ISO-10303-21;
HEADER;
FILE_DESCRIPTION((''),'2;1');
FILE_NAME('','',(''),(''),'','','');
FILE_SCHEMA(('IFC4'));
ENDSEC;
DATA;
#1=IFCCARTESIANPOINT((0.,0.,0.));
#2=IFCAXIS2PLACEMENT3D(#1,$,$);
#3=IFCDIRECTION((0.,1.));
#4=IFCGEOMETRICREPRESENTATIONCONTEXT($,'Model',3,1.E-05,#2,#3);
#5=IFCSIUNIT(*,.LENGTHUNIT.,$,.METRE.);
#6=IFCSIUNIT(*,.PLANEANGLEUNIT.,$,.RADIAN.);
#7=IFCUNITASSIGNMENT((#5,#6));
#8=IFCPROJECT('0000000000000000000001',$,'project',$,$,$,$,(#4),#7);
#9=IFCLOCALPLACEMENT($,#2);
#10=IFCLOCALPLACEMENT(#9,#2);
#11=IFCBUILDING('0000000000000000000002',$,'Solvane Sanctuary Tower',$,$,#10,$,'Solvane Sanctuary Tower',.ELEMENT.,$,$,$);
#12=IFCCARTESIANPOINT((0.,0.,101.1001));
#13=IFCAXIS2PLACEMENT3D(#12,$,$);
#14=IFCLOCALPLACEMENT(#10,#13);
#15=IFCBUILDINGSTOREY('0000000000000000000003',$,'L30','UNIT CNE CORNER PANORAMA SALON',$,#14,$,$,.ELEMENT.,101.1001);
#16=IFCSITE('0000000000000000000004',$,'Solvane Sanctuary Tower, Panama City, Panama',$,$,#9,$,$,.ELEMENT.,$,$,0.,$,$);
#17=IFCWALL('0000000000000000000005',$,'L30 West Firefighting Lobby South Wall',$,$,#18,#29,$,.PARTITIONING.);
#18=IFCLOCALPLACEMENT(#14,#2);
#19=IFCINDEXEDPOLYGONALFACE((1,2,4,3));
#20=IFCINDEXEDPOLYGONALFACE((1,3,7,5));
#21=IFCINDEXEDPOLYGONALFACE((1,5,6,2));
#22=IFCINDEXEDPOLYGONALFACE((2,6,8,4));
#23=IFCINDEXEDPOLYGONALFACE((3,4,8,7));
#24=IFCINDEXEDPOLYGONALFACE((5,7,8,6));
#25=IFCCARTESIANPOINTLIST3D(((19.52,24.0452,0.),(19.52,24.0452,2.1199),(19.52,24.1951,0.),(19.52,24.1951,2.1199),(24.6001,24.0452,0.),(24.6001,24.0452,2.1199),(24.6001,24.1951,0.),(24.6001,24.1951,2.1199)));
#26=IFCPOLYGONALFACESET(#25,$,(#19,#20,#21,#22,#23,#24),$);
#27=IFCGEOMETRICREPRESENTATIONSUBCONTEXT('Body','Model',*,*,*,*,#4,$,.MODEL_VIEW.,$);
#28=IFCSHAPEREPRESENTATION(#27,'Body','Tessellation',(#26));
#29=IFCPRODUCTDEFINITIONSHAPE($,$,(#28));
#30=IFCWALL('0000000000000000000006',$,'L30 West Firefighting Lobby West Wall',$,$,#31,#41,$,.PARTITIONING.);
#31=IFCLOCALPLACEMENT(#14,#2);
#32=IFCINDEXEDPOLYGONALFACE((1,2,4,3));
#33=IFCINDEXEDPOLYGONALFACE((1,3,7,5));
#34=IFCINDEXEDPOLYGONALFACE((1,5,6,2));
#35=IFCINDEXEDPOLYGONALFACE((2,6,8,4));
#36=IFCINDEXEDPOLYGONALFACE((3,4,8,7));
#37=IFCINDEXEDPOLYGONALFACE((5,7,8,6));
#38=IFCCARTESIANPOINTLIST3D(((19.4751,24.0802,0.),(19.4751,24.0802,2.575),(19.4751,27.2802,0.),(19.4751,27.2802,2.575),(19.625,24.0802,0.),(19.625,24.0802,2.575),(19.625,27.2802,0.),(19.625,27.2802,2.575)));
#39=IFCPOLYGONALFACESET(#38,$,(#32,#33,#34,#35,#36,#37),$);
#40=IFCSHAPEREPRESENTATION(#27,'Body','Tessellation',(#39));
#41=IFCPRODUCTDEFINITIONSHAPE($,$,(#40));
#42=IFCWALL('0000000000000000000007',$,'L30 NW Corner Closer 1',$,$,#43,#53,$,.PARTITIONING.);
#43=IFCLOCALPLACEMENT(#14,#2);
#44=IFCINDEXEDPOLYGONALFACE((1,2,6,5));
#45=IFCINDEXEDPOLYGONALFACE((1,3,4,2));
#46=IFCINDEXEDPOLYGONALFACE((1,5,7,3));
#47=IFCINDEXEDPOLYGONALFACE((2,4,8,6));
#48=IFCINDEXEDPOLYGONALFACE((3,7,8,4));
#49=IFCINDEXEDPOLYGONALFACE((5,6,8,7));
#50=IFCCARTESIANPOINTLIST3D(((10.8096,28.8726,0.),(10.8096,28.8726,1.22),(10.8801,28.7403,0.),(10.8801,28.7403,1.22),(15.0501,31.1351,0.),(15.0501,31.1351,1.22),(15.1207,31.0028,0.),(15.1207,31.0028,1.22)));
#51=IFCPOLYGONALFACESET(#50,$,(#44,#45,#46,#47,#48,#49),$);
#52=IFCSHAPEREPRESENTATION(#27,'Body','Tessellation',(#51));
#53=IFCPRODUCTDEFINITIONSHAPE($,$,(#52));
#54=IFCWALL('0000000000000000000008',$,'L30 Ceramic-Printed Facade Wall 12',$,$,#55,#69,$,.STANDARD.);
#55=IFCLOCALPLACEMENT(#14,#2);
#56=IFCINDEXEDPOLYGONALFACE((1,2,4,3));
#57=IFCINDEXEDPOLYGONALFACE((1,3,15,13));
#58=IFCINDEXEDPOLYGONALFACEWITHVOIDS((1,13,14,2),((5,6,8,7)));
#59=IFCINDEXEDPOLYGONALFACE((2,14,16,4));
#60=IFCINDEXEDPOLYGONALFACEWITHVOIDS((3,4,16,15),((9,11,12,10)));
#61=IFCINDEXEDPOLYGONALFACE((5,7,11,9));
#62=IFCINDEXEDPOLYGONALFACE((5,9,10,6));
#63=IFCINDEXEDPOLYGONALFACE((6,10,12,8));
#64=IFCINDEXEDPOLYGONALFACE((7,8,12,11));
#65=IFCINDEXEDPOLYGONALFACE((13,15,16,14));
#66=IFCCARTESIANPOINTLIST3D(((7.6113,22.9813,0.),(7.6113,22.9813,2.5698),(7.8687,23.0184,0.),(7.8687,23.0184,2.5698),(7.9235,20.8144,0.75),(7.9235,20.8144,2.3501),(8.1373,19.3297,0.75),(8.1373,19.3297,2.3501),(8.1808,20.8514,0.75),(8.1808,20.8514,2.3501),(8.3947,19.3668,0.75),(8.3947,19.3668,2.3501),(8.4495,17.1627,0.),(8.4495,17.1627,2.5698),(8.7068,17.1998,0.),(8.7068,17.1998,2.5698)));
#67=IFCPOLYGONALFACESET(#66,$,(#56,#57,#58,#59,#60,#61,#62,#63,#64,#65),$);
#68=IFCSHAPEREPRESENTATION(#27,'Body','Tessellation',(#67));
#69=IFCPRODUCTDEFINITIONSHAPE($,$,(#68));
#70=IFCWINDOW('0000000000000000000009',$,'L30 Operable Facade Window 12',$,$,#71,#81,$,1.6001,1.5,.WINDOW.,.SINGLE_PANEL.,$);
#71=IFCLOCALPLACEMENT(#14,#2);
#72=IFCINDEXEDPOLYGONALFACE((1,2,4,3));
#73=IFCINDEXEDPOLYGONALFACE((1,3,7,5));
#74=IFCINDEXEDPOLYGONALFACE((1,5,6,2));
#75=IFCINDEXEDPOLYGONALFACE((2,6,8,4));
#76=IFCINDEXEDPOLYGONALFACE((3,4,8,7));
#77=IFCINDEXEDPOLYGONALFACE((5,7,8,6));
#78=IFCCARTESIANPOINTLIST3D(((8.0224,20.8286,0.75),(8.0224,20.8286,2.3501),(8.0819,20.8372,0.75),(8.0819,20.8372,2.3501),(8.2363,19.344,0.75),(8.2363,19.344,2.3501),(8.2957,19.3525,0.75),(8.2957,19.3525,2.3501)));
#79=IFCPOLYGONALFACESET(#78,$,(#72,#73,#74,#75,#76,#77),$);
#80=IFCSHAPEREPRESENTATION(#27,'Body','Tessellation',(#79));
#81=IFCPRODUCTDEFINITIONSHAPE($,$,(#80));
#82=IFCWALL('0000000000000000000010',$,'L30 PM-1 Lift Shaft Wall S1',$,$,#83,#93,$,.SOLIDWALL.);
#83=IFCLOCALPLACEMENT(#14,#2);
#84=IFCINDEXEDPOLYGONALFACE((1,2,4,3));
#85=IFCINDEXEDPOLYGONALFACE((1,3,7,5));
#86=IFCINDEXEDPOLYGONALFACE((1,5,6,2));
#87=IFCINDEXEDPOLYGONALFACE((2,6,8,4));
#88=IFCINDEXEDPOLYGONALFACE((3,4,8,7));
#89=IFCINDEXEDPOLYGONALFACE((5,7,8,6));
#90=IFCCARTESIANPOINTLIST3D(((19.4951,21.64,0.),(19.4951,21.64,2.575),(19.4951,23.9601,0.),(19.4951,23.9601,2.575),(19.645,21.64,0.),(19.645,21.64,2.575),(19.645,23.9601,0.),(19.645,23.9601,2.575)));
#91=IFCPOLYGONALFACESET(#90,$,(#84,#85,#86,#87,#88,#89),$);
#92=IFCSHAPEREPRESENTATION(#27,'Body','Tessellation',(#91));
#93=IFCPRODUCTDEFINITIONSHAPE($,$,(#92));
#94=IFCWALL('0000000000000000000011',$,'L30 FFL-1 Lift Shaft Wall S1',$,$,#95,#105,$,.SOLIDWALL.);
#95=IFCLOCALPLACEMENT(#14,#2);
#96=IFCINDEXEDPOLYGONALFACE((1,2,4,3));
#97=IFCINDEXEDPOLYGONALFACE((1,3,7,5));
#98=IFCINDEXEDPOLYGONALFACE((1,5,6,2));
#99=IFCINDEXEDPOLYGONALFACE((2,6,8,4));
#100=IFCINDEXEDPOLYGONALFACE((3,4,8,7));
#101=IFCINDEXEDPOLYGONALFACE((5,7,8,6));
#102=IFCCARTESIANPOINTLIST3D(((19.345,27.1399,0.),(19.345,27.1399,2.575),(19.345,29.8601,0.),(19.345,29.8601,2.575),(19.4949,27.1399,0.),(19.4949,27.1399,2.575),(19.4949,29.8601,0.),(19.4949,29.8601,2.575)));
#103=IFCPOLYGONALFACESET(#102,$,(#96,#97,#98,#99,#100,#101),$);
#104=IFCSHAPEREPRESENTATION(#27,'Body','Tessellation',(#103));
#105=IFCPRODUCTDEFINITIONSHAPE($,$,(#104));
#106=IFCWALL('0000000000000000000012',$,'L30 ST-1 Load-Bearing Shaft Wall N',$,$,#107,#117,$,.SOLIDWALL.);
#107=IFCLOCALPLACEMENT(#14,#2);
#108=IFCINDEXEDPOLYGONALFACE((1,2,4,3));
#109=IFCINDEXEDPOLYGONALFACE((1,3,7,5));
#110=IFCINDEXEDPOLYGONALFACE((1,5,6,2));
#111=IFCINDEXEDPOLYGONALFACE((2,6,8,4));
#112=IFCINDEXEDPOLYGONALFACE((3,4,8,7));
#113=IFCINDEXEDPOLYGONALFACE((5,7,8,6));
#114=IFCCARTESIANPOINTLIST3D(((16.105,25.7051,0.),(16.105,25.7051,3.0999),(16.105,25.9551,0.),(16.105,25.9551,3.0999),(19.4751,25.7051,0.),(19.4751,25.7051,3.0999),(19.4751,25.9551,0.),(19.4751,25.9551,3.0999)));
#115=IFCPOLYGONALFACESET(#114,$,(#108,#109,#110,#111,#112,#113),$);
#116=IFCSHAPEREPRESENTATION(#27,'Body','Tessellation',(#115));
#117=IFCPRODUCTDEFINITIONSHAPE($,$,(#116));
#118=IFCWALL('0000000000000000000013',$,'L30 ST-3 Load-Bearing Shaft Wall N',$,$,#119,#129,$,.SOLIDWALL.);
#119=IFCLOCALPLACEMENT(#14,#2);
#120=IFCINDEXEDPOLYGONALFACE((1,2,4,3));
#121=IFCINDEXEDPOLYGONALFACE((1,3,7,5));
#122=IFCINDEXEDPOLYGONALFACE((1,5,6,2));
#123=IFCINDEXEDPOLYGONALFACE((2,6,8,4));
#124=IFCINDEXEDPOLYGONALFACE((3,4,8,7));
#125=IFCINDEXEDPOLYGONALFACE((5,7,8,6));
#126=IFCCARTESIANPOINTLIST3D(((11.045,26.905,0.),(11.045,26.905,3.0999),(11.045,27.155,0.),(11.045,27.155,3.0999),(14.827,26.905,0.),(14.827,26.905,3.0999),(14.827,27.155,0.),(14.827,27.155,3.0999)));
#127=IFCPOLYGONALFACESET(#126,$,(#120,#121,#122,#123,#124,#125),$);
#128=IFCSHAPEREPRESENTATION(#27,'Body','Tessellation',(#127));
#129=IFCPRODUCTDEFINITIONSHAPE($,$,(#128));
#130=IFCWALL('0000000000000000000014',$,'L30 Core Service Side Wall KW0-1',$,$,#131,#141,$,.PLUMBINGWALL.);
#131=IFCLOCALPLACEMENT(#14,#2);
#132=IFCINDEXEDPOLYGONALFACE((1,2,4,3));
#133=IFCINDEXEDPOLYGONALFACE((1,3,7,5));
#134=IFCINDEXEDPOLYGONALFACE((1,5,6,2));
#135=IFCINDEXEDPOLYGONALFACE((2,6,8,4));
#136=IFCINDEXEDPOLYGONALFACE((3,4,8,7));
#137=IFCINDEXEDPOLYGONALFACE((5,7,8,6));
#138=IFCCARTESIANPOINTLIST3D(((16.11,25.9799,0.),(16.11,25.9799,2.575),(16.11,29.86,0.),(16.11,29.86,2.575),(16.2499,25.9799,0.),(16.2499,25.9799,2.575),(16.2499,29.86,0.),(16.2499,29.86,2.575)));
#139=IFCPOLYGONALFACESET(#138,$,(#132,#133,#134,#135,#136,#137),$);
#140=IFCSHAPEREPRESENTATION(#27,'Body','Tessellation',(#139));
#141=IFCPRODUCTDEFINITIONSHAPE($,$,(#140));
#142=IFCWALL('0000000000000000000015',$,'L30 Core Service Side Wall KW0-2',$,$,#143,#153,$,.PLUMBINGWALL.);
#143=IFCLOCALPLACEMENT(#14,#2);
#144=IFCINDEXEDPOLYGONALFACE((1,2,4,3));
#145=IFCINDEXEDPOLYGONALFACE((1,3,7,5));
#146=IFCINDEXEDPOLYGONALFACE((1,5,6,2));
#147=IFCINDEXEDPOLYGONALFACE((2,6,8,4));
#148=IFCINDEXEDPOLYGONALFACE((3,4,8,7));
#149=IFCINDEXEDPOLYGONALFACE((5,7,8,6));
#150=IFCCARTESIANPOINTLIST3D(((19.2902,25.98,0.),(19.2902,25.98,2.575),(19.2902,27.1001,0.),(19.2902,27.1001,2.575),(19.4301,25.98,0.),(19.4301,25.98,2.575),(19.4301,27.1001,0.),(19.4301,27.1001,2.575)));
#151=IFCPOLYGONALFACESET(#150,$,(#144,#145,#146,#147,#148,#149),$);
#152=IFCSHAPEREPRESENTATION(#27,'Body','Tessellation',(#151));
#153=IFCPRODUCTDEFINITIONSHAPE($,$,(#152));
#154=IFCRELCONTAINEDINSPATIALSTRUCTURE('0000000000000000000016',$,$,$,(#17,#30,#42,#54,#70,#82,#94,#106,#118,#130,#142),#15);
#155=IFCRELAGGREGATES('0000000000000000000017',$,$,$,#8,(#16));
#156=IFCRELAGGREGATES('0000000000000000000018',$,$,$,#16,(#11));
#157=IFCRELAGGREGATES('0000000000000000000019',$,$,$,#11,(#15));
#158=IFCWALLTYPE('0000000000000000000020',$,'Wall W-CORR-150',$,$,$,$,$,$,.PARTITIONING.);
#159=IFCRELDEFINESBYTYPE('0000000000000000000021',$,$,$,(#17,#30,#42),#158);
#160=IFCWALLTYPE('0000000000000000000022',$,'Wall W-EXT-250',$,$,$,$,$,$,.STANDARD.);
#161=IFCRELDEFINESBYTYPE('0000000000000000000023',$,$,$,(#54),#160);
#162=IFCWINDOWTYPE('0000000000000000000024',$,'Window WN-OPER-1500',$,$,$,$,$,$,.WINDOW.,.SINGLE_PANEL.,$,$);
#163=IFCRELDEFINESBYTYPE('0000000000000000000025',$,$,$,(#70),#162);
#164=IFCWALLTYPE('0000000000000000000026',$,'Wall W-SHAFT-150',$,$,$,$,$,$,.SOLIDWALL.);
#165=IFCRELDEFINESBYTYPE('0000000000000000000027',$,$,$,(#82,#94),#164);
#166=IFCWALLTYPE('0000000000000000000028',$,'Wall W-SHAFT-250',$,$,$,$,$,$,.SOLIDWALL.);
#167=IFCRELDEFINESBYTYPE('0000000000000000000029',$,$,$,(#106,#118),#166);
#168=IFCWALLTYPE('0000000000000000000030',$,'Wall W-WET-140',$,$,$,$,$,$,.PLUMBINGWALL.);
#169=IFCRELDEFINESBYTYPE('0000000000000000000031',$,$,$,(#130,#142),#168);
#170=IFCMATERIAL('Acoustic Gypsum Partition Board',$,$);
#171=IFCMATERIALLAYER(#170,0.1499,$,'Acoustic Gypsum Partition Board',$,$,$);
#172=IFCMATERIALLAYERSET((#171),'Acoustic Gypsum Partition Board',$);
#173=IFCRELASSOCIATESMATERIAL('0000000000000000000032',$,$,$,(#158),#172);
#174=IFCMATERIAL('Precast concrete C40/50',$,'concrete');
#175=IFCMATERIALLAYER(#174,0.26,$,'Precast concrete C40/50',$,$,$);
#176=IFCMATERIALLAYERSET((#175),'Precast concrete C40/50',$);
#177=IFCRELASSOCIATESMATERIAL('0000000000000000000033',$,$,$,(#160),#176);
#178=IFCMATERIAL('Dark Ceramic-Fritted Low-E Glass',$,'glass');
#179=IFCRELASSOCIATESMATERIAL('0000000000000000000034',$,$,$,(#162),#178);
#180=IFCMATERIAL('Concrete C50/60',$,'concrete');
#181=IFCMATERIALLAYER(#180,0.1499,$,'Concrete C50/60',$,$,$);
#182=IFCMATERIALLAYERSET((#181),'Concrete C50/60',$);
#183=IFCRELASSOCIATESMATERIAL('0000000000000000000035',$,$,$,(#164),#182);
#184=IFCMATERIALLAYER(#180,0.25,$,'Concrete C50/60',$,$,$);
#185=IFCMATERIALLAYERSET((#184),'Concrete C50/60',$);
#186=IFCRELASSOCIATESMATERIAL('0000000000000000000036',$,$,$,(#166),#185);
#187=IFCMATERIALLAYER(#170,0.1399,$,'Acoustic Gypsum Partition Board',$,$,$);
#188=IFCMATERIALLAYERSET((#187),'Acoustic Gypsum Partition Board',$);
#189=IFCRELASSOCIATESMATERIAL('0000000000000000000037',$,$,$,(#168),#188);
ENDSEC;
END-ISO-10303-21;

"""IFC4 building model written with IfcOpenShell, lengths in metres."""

from ifc_helpers import new_model, si_unit, direction, frame, frame_2d, origin, place, context, subcontext, project, spatial, rectangle, extrude, material, layer, layer_set, type_object, element, fill, save


model = new_model("IFC4")

# Units and contexts
model_context = context("Model", 3, precision=1e-05, world=origin(), true_north=direction((0.0, 1.0)))
body_context = subcontext(model_context, "Body", "Model", "MODEL_VIEW")
ifc_project = project(units=[si_unit("LENGTHUNIT", "METRE"), si_unit("PLANEANGLEUNIT", "RADIAN")], contexts=[model_context])

# Site, building, storey
site_placement = place(None, origin())
site = spatial("IfcSite", under=ifc_project, at=site_placement, Name="Solvane Sanctuary Tower, Panama City, Panama", CompositionType="ELEMENT", RefElevation=0.0)
building_placement = place(site_placement, origin())
building = spatial("IfcBuilding", under=site, at=building_placement, Name="Solvane Sanctuary Tower", LongName="Solvane Sanctuary Tower", CompositionType="ELEMENT")
storey_placement = place(building_placement, frame((0.0, 0.0, 101.1001)))
storey = spatial("IfcBuildingStorey", under=building, at=storey_placement, Name="L30", Description="UNIT CNE CORNER PANORAMA SALON", CompositionType="ELEMENT", Elevation=101.1001)

# Walls
ifc_material_1 = material(Name="Acoustic Gypsum Partition Board")
ifc_layer_1 = layer(ifc_material_1, 0.1499, Name="Acoustic Gypsum Partition Board")
ifc_layer_set_1 = layer_set([ifc_layer_1], Name="Acoustic Gypsum Partition Board")
wall_type_1 = type_object("IfcWallType", Name="Wall W-CORR-150", PredefinedType="PARTITIONING", material=ifc_layer_set_1)
wall_1_placement = place(storey_placement, frame((19.52, 24.1201, 0.0), z_axis=(0.0, 0.0, 1.0), x_axis=(1.0, 0.0, 0.0)))
element("IfcWall", 1, at=wall_1_placement, inside=storey, type_object=wall_type_1, Name="L30 West Firefighting Lobby South Wall", PredefinedType="PARTITIONING", context=body_context, shape_type="SweptSolid", body=[
    extrude(rectangle(XDim=5.0801, YDim=0.1499, at=frame_2d((2.54, 0.0))), origin(), (0.0, 0.0, 1.0), 2.1199),
])
wall_2_placement = place(storey_placement, frame((19.55, 24.0801, 0.0), z_axis=(0.0, 0.0, 1.0), x_axis=(0.0, 1.0, 0.0)))
element("IfcWall", 2, at=wall_2_placement, inside=storey, type_object=wall_type_1, Name="L30 West Firefighting Lobby West Wall", PredefinedType="PARTITIONING", context=body_context, shape_type="SweptSolid", body=[
    extrude(rectangle(XDim=3.2, YDim=0.1499, at=frame_2d((1.6001, 0.0))), origin(), (0.0, 0.0, 1.0), 2.575),
])
wall_3_placement = place(storey_placement, frame((10.8447, 28.8064, 0.0), z_axis=(0.0, 0.0, 1.0), x_axis=(0.882278, 0.470728, 0.0)))
element("IfcWall", 3, at=wall_3_placement, inside=storey, type_object=wall_type_1, Name="L30 NW Corner Closer 1", PredefinedType="PARTITIONING", context=body_context, shape_type="SweptSolid", body=[
    extrude(rectangle(XDim=4.8064, YDim=0.1499, at=frame_2d((2.4033, 0.0))), origin(), (0.0, 0.0, 1.0), 1.22),
])

# Wall, opening, window
ifc_material_2 = material(Name="Precast concrete C40/50", Category="concrete")
ifc_layer_2 = layer(ifc_material_2, 0.26, Name="Precast concrete C40/50")
ifc_layer_set_2 = layer_set([ifc_layer_2], Name="Precast concrete C40/50")
wall_type_2 = type_object("IfcWallType", Name="Wall W-EXT-250", PredefinedType="STANDARD", material=ifc_layer_set_2)
wall_4_placement = place(storey_placement, frame((7.74, 23.0, 0.0), z_axis=(0.0, 0.0, 1.0), x_axis=(0.142572, -0.989784, 0.0)))
wall_4 = element("IfcWall", 4, at=wall_4_placement, inside=storey, type_object=wall_type_2, Name="L30 Ceramic-Printed Facade Wall 12", PredefinedType="STANDARD", context=body_context, shape_type="SweptSolid", body=[
    extrude(rectangle(XDim=5.8787, YDim=0.26, at=frame_2d((2.9395, 0.0))), origin(), (0.0, 0.0, 1.0), 2.5698),
])
opening_placement = place(wall_4_placement, frame((2.1895, 0.0, 0.75)))
opening = element("IfcOpeningElement", 5, at=opening_placement, cuts=wall_4, PredefinedType="OPENING", context=body_context, shape_type="SweptSolid", body=[
    extrude(rectangle(XDim=1.5, YDim=1.6001, at=frame_2d((0.75, 0.8))), frame((0.0, 0.1399, 0.0), z_axis=(0.0, -1.0, 0.0), x_axis=(1.0, 0.0, 0.0)), (0.0, 0.0, 1.0), 0.28),
])
ifc_material_3 = material(Name="Dark Ceramic-Fritted Low-E Glass", Category="glass")
window_type = type_object("IfcWindowType", Name="Window WN-OPER-1500", PartitioningType="SINGLE_PANEL", PredefinedType="WINDOW", material=ifc_material_3)
window_placement = place(opening_placement, origin())
window = element("IfcWindow", 6, at=window_placement, inside=storey, type_object=window_type, Name="L30 Operable Facade Window 12", OverallHeight=1.6001, OverallWidth=1.5, PartitioningType="SINGLE_PANEL", PredefinedType="WINDOW", context=body_context, shape_type="SweptSolid", body=[
    extrude(rectangle(XDim=1.5, YDim=1.6001, at=frame_2d((0.75, 0.8))), frame((0.0, 0.03, 0.0), z_axis=(0.0, -1.0, 0.0), x_axis=(1.0, 0.0, 0.0)), (0.0, 0.0, 1.0), 0.0601),
])
fill(opening, window)

# Walls
ifc_material_4 = material(Name="Concrete C50/60", Category="concrete")
ifc_layer_3 = layer(ifc_material_4, 0.1499, Name="Concrete C50/60")
ifc_layer_set_3 = layer_set([ifc_layer_3], Name="Concrete C50/60")
wall_type_3 = type_object("IfcWallType", Name="Wall W-SHAFT-150", PredefinedType="SOLIDWALL", material=ifc_layer_set_3)
wall_5_placement = place(storey_placement, frame((19.5701, 21.6399, 0.0), z_axis=(0.0, 0.0, 1.0), x_axis=(0.0, 1.0, 0.0)))
element("IfcWall", 7, at=wall_5_placement, inside=storey, type_object=wall_type_3, Name="L30 PM-1 Lift Shaft Wall S1", PredefinedType="SOLIDWALL", context=body_context, shape_type="SweptSolid", body=[
    extrude(rectangle(XDim=2.3201, YDim=0.1499, at=frame_2d((1.1602, 0.0))), origin(), (0.0, 0.0, 1.0), 2.575),
])
wall_6_placement = place(storey_placement, frame((19.4199, 27.1399, 0.0), z_axis=(0.0, 0.0, 1.0), x_axis=(0.0, 1.0, 0.0)))
element("IfcWall", 8, at=wall_6_placement, inside=storey, type_object=wall_type_3, Name="L30 FFL-1 Lift Shaft Wall S1", PredefinedType="SOLIDWALL", context=body_context, shape_type="SweptSolid", body=[
    extrude(rectangle(XDim=2.7202, YDim=0.1499, at=frame_2d((1.3601, 0.0))), origin(), (0.0, 0.0, 1.0), 2.575),
])
ifc_layer_4 = layer(ifc_material_4, 0.25, Name="Concrete C50/60")
ifc_layer_set_4 = layer_set([ifc_layer_4], Name="Concrete C50/60")
wall_type_4 = type_object("IfcWallType", Name="Wall W-SHAFT-250", PredefinedType="SOLIDWALL", material=ifc_layer_set_4)
wall_7_placement = place(storey_placement, frame((16.105, 25.8301, 0.0), z_axis=(0.0, 0.0, 1.0), x_axis=(1.0, 0.0, 0.0)))
element("IfcWall", 9, at=wall_7_placement, inside=storey, type_object=wall_type_4, Name="L30 ST-1 Load-Bearing Shaft Wall N", PredefinedType="SOLIDWALL", context=body_context, shape_type="SweptSolid", body=[
    extrude(rectangle(XDim=3.3701, YDim=0.25, at=frame_2d((1.6851, 0.0))), origin(), (0.0, 0.0, 1.0), 3.0999),
])
wall_8_placement = place(storey_placement, frame((11.0449, 27.03, 0.0), z_axis=(0.0, 0.0, 1.0), x_axis=(1.0, 0.0, 0.0)))
element("IfcWall", 10, at=wall_8_placement, inside=storey, type_object=wall_type_4, Name="L30 ST-3 Load-Bearing Shaft Wall N", PredefinedType="SOLIDWALL", context=body_context, shape_type="SweptSolid", body=[
    extrude(rectangle(XDim=3.782, YDim=0.25, at=frame_2d((1.8911, 0.0))), origin(), (0.0, 0.0, 1.0), 3.0999),
])
ifc_layer_5 = layer(ifc_material_1, 0.1399, Name="Acoustic Gypsum Partition Board")
ifc_layer_set_5 = layer_set([ifc_layer_5], Name="Acoustic Gypsum Partition Board")
wall_type_5 = type_object("IfcWallType", Name="Wall W-WET-140", PredefinedType="PLUMBINGWALL", material=ifc_layer_set_5)
wall_9_placement = place(storey_placement, frame((16.1799, 25.98, 0.0), z_axis=(0.0, 0.0, 1.0), x_axis=(0.0, 1.0, 0.0)))
element("IfcWall", 11, at=wall_9_placement, inside=storey, type_object=wall_type_5, Name="L30 Core Service Side Wall KW0-1", PredefinedType="PLUMBINGWALL", context=body_context, shape_type="SweptSolid", body=[
    extrude(rectangle(XDim=3.8801, YDim=0.1399, at=frame_2d((1.9399, 0.0))), origin(), (0.0, 0.0, 1.0), 2.575),
])
wall_10_placement = place(storey_placement, frame((19.3601, 25.98, 0.0), z_axis=(0.0, 0.0, 1.0), x_axis=(0.0, 1.0, 0.0)))
element("IfcWall", 12, at=wall_10_placement, inside=storey, type_object=wall_type_5, Name="L30 Core Service Side Wall KW0-2", PredefinedType="PLUMBINGWALL", context=body_context, shape_type="SweptSolid", body=[
    extrude(rectangle(XDim=1.1201, YDim=0.1399, at=frame_2d((0.5601, 0.0))), origin(), (0.0, 0.0, 1.0), 2.575),
])

save(model, "model.ifc")
